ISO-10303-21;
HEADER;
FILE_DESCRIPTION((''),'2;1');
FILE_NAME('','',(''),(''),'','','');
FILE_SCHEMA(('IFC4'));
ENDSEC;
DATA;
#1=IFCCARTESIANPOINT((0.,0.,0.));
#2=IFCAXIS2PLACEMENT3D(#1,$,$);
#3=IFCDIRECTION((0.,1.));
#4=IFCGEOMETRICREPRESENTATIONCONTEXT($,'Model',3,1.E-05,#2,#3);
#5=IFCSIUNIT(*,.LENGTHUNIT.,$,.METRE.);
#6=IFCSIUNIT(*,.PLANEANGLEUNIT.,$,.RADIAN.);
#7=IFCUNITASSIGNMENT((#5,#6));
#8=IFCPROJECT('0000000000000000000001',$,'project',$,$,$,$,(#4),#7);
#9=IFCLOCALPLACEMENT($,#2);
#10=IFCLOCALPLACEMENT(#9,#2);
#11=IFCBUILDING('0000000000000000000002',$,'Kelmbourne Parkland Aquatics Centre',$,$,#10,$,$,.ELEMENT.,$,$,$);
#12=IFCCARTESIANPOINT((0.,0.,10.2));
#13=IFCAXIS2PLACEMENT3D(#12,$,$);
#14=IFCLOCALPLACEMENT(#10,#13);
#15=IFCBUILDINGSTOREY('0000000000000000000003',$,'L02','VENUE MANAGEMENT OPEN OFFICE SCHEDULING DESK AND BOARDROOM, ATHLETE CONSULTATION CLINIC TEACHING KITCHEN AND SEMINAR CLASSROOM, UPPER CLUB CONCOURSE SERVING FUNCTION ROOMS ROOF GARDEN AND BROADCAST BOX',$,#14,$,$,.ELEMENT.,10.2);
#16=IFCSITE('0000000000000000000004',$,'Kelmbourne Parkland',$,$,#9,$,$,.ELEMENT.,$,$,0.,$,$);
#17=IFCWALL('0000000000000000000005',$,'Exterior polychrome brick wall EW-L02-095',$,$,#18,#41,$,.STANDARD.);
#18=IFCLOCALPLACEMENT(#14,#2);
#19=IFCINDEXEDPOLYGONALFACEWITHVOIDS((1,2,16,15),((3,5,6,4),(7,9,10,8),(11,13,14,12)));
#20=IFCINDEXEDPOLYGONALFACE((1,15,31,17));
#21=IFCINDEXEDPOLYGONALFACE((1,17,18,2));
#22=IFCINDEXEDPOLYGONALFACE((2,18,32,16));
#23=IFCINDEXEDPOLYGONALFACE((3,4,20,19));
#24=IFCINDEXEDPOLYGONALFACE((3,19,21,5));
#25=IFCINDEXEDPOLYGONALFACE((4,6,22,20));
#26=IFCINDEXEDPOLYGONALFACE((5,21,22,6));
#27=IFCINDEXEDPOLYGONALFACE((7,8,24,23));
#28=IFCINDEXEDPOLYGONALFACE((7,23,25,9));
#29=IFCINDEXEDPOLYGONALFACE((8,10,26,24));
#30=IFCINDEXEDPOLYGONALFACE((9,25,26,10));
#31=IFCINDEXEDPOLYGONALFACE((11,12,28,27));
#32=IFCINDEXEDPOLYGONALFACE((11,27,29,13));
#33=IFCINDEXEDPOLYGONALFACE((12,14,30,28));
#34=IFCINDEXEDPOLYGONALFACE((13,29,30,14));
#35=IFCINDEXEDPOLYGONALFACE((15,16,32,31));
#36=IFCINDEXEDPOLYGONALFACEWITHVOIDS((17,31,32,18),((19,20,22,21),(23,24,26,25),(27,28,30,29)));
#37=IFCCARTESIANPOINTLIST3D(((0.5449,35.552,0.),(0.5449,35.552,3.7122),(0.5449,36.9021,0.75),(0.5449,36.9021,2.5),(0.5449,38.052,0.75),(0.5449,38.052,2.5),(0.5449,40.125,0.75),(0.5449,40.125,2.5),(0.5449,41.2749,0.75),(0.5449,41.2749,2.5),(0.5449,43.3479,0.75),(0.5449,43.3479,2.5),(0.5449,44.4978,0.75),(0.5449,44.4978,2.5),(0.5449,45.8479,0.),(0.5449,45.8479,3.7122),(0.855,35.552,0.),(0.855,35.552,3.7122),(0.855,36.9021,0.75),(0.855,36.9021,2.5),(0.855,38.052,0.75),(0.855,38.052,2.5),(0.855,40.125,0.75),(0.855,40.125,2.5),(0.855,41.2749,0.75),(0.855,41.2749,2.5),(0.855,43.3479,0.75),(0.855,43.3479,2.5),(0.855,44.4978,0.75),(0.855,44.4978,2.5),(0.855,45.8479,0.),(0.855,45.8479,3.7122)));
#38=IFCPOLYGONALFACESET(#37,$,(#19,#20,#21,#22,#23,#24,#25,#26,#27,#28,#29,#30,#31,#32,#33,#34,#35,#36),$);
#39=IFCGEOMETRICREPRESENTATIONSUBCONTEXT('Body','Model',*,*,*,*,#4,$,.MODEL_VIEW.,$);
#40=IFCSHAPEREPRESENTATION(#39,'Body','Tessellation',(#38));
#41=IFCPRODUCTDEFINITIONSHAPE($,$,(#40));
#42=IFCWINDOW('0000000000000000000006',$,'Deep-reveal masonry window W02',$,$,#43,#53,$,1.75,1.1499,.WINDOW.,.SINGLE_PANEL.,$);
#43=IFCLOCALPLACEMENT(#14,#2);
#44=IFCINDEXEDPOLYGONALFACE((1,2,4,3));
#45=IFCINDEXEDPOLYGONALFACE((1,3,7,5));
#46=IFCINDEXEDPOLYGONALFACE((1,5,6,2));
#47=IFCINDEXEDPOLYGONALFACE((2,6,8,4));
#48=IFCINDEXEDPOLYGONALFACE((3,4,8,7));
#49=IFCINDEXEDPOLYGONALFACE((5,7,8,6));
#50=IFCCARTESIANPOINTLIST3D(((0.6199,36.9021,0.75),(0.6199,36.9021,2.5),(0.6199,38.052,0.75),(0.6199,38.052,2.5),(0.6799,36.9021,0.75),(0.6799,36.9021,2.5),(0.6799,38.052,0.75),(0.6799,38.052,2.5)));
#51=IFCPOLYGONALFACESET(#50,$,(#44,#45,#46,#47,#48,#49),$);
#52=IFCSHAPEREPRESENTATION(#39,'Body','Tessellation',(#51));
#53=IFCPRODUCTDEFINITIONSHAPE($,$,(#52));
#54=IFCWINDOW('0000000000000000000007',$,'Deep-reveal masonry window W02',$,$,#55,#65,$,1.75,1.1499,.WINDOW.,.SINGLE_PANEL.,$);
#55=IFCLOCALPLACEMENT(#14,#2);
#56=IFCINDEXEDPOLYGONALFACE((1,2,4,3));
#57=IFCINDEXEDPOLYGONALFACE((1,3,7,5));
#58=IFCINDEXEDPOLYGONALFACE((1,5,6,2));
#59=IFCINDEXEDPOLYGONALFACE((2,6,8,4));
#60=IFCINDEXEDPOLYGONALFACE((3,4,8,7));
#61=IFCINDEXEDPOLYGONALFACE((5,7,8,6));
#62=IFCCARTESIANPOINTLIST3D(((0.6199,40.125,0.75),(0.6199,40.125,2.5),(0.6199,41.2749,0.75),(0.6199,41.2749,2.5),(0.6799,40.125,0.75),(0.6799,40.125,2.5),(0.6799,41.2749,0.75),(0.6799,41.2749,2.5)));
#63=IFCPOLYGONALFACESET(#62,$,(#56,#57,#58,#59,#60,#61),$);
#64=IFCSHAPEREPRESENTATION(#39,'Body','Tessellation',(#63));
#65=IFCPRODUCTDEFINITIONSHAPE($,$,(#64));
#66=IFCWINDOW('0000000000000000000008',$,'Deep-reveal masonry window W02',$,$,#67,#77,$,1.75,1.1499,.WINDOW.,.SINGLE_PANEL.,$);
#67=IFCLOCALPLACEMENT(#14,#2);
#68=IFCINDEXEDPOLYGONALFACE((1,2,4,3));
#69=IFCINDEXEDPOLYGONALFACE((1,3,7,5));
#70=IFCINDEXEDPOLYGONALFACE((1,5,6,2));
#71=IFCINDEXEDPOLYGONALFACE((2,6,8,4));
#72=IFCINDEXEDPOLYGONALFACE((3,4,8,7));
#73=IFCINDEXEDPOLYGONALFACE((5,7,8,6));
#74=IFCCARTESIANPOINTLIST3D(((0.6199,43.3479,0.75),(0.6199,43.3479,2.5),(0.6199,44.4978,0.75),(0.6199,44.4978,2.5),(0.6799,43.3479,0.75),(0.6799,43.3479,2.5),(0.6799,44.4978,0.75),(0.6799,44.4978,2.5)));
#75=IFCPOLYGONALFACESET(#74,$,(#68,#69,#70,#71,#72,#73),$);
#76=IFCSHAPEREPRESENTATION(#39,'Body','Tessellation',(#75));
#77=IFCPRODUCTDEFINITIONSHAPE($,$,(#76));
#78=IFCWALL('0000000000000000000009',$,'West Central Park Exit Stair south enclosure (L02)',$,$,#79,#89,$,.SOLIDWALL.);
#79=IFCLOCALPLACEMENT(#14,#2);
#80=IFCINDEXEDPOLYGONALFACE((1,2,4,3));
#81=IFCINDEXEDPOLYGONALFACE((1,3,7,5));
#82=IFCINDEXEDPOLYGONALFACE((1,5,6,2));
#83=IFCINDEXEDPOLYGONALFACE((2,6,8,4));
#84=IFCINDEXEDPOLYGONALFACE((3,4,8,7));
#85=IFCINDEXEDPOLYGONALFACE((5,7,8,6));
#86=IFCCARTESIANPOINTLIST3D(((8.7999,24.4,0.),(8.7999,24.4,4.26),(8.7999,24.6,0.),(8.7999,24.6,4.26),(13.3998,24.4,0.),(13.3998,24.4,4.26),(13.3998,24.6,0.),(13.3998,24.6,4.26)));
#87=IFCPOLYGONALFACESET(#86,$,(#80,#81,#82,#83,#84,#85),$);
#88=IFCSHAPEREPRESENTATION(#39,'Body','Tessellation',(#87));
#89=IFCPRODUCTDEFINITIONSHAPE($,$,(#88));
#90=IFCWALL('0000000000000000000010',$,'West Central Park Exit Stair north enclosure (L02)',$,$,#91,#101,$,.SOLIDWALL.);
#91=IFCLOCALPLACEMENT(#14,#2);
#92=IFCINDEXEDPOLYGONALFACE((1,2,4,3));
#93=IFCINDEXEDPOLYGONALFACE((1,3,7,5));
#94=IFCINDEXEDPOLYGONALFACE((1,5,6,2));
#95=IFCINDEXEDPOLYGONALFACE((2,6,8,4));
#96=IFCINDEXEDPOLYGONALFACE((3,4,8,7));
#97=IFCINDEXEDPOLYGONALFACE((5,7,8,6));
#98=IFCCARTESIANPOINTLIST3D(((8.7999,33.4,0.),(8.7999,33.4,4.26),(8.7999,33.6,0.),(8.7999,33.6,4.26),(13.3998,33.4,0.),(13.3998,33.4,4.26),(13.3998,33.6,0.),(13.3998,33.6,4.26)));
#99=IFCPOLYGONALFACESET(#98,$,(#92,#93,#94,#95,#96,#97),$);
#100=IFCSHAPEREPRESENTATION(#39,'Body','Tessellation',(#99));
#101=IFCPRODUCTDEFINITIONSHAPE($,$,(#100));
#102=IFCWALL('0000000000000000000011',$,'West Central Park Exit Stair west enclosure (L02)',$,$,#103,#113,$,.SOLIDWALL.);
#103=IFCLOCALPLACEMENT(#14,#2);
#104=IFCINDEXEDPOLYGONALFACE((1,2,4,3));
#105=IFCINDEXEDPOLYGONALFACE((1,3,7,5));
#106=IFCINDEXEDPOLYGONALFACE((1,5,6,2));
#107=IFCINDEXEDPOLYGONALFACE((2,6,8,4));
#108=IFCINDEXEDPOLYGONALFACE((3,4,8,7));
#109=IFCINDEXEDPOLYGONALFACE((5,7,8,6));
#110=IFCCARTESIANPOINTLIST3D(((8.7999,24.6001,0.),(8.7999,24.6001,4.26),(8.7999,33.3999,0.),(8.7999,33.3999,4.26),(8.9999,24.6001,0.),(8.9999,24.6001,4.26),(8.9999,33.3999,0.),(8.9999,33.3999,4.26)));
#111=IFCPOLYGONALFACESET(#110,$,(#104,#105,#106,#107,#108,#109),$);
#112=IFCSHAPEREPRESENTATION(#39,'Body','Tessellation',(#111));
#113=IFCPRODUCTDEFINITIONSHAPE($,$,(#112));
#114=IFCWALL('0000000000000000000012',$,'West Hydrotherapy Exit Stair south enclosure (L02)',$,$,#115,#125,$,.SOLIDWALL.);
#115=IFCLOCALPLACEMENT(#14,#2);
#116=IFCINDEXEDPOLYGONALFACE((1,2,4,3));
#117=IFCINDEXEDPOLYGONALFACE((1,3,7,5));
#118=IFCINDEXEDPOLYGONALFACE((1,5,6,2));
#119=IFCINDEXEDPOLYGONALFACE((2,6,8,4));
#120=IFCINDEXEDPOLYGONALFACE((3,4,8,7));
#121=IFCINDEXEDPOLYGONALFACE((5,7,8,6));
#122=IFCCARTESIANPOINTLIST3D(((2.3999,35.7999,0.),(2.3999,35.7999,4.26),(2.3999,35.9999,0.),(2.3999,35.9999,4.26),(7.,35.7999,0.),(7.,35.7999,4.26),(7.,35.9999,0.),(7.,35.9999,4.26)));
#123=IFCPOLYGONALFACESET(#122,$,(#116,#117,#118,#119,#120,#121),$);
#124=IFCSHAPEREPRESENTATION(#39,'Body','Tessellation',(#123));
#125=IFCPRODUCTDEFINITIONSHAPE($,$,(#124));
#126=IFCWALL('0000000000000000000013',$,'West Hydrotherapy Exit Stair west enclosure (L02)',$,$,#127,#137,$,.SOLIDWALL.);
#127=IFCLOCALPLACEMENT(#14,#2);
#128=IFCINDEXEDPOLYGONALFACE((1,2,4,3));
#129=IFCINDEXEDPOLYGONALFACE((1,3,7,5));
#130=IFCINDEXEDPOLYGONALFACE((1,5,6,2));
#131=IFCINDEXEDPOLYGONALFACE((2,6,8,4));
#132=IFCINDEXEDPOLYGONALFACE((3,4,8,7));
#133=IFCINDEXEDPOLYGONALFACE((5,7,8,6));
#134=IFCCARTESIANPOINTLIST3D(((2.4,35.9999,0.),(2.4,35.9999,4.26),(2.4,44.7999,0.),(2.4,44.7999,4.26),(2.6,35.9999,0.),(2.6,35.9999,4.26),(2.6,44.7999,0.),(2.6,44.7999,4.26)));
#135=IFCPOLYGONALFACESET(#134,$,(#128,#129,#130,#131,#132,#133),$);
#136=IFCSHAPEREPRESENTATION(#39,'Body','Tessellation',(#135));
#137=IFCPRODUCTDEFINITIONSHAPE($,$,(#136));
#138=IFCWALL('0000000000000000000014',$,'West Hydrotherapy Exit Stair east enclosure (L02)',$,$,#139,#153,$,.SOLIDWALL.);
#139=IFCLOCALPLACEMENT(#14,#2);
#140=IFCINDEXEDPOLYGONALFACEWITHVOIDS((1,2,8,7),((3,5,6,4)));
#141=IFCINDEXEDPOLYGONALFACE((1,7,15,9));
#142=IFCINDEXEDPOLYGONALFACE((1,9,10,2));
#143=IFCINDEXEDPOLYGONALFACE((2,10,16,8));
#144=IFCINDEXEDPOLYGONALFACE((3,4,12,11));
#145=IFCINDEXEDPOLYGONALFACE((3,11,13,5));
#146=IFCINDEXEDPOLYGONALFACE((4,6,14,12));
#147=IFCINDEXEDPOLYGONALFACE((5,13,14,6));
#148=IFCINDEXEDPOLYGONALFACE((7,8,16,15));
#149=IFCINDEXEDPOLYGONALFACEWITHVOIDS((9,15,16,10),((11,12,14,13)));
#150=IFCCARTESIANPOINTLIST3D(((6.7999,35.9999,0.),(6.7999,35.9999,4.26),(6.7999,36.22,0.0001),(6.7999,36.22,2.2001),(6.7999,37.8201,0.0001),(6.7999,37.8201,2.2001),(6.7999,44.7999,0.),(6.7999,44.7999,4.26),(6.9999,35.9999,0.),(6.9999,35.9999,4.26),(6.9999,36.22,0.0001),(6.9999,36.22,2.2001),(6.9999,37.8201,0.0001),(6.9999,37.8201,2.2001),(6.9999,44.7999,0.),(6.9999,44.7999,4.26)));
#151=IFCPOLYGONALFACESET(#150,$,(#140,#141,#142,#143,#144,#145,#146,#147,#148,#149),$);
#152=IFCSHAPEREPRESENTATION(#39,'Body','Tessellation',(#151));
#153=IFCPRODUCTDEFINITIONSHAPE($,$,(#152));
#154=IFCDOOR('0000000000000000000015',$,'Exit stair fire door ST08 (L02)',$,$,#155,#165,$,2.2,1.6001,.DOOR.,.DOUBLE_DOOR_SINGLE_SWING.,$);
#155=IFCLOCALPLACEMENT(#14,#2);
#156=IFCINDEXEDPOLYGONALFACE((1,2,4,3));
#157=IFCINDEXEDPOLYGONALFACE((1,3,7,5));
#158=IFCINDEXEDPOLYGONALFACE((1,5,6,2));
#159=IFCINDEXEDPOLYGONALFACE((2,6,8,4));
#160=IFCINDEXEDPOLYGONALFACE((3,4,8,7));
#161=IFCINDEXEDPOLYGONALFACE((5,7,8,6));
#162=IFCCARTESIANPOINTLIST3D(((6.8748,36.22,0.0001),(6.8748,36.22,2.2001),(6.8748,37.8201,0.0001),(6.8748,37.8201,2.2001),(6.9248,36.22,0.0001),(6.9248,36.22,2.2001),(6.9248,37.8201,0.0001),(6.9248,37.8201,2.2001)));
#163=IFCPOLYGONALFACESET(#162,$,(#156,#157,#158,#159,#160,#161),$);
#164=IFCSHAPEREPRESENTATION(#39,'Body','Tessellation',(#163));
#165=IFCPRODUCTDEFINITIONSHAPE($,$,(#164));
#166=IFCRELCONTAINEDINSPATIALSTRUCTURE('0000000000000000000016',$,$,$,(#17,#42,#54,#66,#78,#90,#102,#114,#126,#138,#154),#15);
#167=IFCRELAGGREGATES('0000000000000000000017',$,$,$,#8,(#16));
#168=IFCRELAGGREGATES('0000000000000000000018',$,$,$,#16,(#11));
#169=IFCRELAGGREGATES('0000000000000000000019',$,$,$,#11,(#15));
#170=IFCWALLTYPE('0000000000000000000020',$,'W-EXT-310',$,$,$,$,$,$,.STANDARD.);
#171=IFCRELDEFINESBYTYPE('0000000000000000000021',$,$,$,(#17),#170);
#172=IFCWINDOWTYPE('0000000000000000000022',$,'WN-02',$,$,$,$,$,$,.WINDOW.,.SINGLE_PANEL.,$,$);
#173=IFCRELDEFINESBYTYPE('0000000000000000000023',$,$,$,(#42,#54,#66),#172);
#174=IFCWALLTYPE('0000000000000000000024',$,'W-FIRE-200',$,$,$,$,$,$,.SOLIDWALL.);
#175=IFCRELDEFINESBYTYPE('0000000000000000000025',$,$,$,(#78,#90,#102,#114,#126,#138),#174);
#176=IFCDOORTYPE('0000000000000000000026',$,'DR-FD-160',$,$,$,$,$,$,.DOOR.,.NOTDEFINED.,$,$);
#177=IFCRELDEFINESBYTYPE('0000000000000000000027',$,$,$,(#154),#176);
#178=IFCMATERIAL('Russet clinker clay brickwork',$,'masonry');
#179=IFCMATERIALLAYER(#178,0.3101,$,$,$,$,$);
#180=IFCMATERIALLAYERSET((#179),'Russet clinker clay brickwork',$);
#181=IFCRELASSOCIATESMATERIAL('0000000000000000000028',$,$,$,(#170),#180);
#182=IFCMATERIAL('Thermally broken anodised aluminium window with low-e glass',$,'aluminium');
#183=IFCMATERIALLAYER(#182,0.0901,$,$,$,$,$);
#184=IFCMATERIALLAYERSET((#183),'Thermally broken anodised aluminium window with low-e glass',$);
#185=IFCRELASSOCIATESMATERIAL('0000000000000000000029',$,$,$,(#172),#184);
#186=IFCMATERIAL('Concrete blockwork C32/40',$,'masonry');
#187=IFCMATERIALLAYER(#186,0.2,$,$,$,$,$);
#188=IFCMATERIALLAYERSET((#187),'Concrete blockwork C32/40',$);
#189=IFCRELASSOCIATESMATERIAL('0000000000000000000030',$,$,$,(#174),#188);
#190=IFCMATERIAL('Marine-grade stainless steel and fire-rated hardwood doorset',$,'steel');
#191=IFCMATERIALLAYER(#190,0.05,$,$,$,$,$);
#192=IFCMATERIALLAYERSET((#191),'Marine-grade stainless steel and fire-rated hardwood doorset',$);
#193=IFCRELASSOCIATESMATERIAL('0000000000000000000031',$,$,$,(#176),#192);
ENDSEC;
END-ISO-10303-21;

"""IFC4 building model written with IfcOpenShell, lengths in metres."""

from ifc_helpers import new_model, si_unit, direction, frame, frame_2d, origin, place, context, subcontext, project, spatial, rectangle, extrude, material, layer, layer_set, type_object, element, fill, save


model = new_model("IFC4")

# Units and contexts
model_context = context("Model", 3, precision=1e-05, world=origin(), true_north=direction((0.0, 1.0)))
body_context = subcontext(model_context, "Body", "Model", "MODEL_VIEW")
ifc_project = project(units=[si_unit("LENGTHUNIT", "METRE"), si_unit("PLANEANGLEUNIT", "RADIAN")], contexts=[model_context])

# Site, building, storey
site_placement = place(None, origin())
site = spatial("IfcSite", under=ifc_project, at=site_placement, Name="Kelmbourne Parkland", CompositionType="ELEMENT", RefElevation=0.0)
building_placement = place(site_placement, origin())
building = spatial("IfcBuilding", under=site, at=building_placement, Name="Kelmbourne Parkland Aquatics Centre", CompositionType="ELEMENT")
storey_placement = place(building_placement, frame((0.0, 0.0, 10.2)))
storey = spatial("IfcBuildingStorey", under=building, at=storey_placement, Name="L02", Description="VENUE MANAGEMENT OPEN OFFICE SCHEDULING DESK AND BOARDROOM, ATHLETE CONSULTATION CLINIC TEACHING KITCHEN AND SEMINAR CLASSROOM, UPPER CLUB CONCOURSE SERVING FUNCTION ROOMS ROOF GARDEN AND BROADCAST BOX", CompositionType="ELEMENT", Elevation=10.2)

# Wall, openings, windows
ifc_material_1 = material(Name="Russet clinker clay brickwork", Category="masonry")
ifc_layer_1 = layer(ifc_material_1, 0.3101)
ifc_layer_set_1 = layer_set([ifc_layer_1], Name="Russet clinker clay brickwork")
wall_type_1 = type_object("IfcWallType", Name="W-EXT-310", PredefinedType="STANDARD", material=ifc_layer_set_1)
wall_1_placement = place(storey_placement, frame((0.7, 35.552, 0.0), z_axis=(0.0, 0.0, 1.0), x_axis=(0.0, 1.0, 0.0)))
wall_1 = element("IfcWall", 1, at=wall_1_placement, inside=storey, type_object=wall_type_1, Name="Exterior polychrome brick wall EW-L02-095", PredefinedType="STANDARD", context=body_context, shape_type="SweptSolid", body=[
    extrude(rectangle(XDim=10.2959, YDim=0.3101, at=frame_2d((5.1479, 0.0))), origin(), (0.0, 0.0, 1.0), 3.7122),
])
opening_1_placement = place(wall_1_placement, frame((1.3501, 0.0, 0.75)))
opening_1 = element("IfcOpeningElement", 2, at=opening_1_placement, cuts=wall_1, PredefinedType="OPENING", context=body_context, shape_type="SweptSolid", body=[
    extrude(rectangle(XDim=1.1499, YDim=1.75, at=frame_2d((0.575, 0.875))), frame((0.0, 0.167, 0.0), z_axis=(0.0, -1.0, 0.0), x_axis=(1.0, 0.0, 0.0)), (0.0, 0.0, 1.0), 0.334),
])
opening_2_placement = place(wall_1_placement, frame((4.573, 0.0, 0.75)))
opening_2 = element("IfcOpeningElement", 3, at=opening_2_placement, cuts=wall_1, PredefinedType="OPENING", context=body_context, shape_type="SweptSolid", body=[
    extrude(rectangle(XDim=1.1499, YDim=1.75, at=frame_2d((0.575, 0.875))), frame((0.0, 0.167, 0.0), z_axis=(0.0, -1.0, 0.0), x_axis=(1.0, 0.0, 0.0)), (0.0, 0.0, 1.0), 0.334),
])
opening_3_placement = place(wall_1_placement, frame((7.7959, 0.0, 0.75)))
opening_3 = element("IfcOpeningElement", 4, at=opening_3_placement, cuts=wall_1, PredefinedType="OPENING", context=body_context, shape_type="SweptSolid", body=[
    extrude(rectangle(XDim=1.1499, YDim=1.75, at=frame_2d((0.575, 0.875))), frame((0.0, 0.167, 0.0), z_axis=(0.0, -1.0, 0.0), x_axis=(1.0, 0.0, 0.0)), (0.0, 0.0, 1.0), 0.334),
])
ifc_material_2 = material(Name="Thermally broken anodised aluminium window with low-e glass", Category="aluminium")
ifc_layer_2 = layer(ifc_material_2, 0.0901)
ifc_layer_set_2 = layer_set([ifc_layer_2], Name="Thermally broken anodised aluminium window with low-e glass")
window_type = type_object("IfcWindowType", Name="WN-02", PartitioningType="SINGLE_PANEL", PredefinedType="WINDOW", material=ifc_layer_set_2)
window_1_placement = place(opening_1_placement, origin())
window_1 = element("IfcWindow", 5, at=window_1_placement, inside=storey, type_object=window_type, Name="Deep-reveal masonry window W02", OverallHeight=1.75, OverallWidth=1.1499, PartitioningType="SINGLE_PANEL", PredefinedType="WINDOW", context=body_context, shape_type="SweptSolid", body=[
    extrude(rectangle(XDim=1.1499, YDim=1.75, at=frame_2d((0.575, 0.875))), frame((0.0, 0.0801, 0.0), z_axis=(0.0, -1.0, 0.0), x_axis=(1.0, 0.0, 0.0)), (0.0, 0.0, 1.0), 0.0601),
])
fill(opening_1, window_1)
window_2_placement = place(opening_2_placement, origin())
window_2 = element("IfcWindow", 6, at=window_2_placement, inside=storey, type_object=window_type, Name="Deep-reveal masonry window W02", OverallHeight=1.75, OverallWidth=1.1499, PartitioningType="SINGLE_PANEL", PredefinedType="WINDOW", context=body_context, shape_type="SweptSolid", body=[
    extrude(rectangle(XDim=1.1499, YDim=1.75, at=frame_2d((0.575, 0.875))), frame((0.0, 0.0801, 0.0), z_axis=(0.0, -1.0, 0.0), x_axis=(1.0, 0.0, 0.0)), (0.0, 0.0, 1.0), 0.0601),
])
fill(opening_2, window_2)
window_3_placement = place(opening_3_placement, origin())
window_3 = element("IfcWindow", 7, at=window_3_placement, inside=storey, type_object=window_type, Name="Deep-reveal masonry window W02", OverallHeight=1.75, OverallWidth=1.1499, PartitioningType="SINGLE_PANEL", PredefinedType="WINDOW", context=body_context, shape_type="SweptSolid", body=[
    extrude(rectangle(XDim=1.1499, YDim=1.75, at=frame_2d((0.575, 0.875))), frame((0.0, 0.0801, 0.0), z_axis=(0.0, -1.0, 0.0), x_axis=(1.0, 0.0, 0.0)), (0.0, 0.0, 1.0), 0.0601),
])
fill(opening_3, window_3)

# Walls
ifc_material_3 = material(Name="Concrete blockwork C32/40", Category="masonry")
ifc_layer_3 = layer(ifc_material_3, 0.2)
ifc_layer_set_3 = layer_set([ifc_layer_3], Name="Concrete blockwork C32/40")
wall_type_2 = type_object("IfcWallType", Name="W-FIRE-200", PredefinedType="SOLIDWALL", material=ifc_layer_set_3)
for number, where, z_axis, x_axis, name in (
    (8, (8.8, 24.5, 0.0), (0.0, 0.0, 1.0), (1.0, 0.0, 0.0), "West Central Park Exit Stair south enclosure (L02)"),
    (9, (8.8, 33.5, 0.0), (0.0, 0.0, 1.0), (1.0, 0.0, 0.0), "West Central Park Exit Stair north enclosure (L02)"),
):
    element("IfcWall", number, at=place(storey_placement, frame(where, z_axis=z_axis, x_axis=x_axis)), inside=storey, type_object=wall_type_2, Name=name, PredefinedType="SOLIDWALL", context=body_context, shape_type="SweptSolid", body=[
        extrude(rectangle(XDim=4.5999, YDim=0.2, at=frame_2d((2.2998, 0.0))), origin(), (0.0, 0.0, 1.0), 4.26),
    ])
wall_2_placement = place(storey_placement, frame((8.8999, 24.6001, 0.0), z_axis=(0.0, 0.0, 1.0), x_axis=(0.0, 1.0, 0.0)))
element("IfcWall", 10, at=wall_2_placement, inside=storey, type_object=wall_type_2, Name="West Central Park Exit Stair west enclosure (L02)", PredefinedType="SOLIDWALL", context=body_context, shape_type="SweptSolid", body=[
    extrude(rectangle(XDim=8.7998, YDim=0.2, at=frame_2d((4.3999, 0.0))), origin(), (0.0, 0.0, 1.0), 4.26),
])
wall_3_placement = place(storey_placement, frame((2.3999, 35.8999, 0.0), z_axis=(0.0, 0.0, 1.0), x_axis=(1.0, 0.0, 0.0)))
element("IfcWall", 11, at=wall_3_placement, inside=storey, type_object=wall_type_2, Name="West Hydrotherapy Exit Stair south enclosure (L02)", PredefinedType="SOLIDWALL", context=body_context, shape_type="SweptSolid", body=[
    extrude(rectangle(XDim=4.6001, YDim=0.2, at=frame_2d((2.3, 0.0))), origin(), (0.0, 0.0, 1.0), 4.26),
])
wall_4_placement = place(storey_placement, frame((2.5, 36.0, 0.0), z_axis=(0.0, 0.0, 1.0), x_axis=(0.0, 1.0, 0.0)))
element("IfcWall", 12, at=wall_4_placement, inside=storey, type_object=wall_type_2, Name="West Hydrotherapy Exit Stair west enclosure (L02)", PredefinedType="SOLIDWALL", context=body_context, shape_type="SweptSolid", body=[
    extrude(rectangle(XDim=8.8, YDim=0.2, at=frame_2d((4.3999, 0.0))), origin(), (0.0, 0.0, 1.0), 4.26),
])

# Wall, opening, door
wall_5_placement = place(storey_placement, frame((6.8999, 36.0, 0.0), z_axis=(0.0, 0.0, 1.0), x_axis=(0.0, 1.0, 0.0)))
wall_5 = element("IfcWall", 13, at=wall_5_placement, inside=storey, type_object=wall_type_2, Name="West Hydrotherapy Exit Stair east enclosure (L02)", PredefinedType="SOLIDWALL", context=body_context, shape_type="SweptSolid", body=[
    extrude(rectangle(XDim=8.8, YDim=0.2, at=frame_2d((4.3999, 0.0))), origin(), (0.0, 0.0, 1.0), 4.26),
])
opening_4_placement = place(wall_5_placement, frame((0.22, 0.0, 0.0)))
opening_4 = element("IfcOpeningElement", 14, at=opening_4_placement, cuts=wall_5, PredefinedType="OPENING", context=body_context, shape_type="SweptSolid", body=[
    extrude(rectangle(XDim=1.6001, YDim=2.2, at=frame_2d((0.8, 1.1001))), frame((0.0, 0.1118, 0.0), z_axis=(0.0, -1.0, 0.0), x_axis=(1.0, 0.0, 0.0)), (0.0, 0.0, 1.0), 0.2239),
])
ifc_material_4 = material(Name="Marine-grade stainless steel and fire-rated hardwood doorset", Category="steel")
ifc_layer_4 = layer(ifc_material_4, 0.05)
ifc_layer_set_4 = layer_set([ifc_layer_4], Name="Marine-grade stainless steel and fire-rated hardwood doorset")
door_type = type_object("IfcDoorType", Name="DR-FD-160", OperationType="NOTDEFINED", PredefinedType="DOOR", material=ifc_layer_set_4)
door_placement = place(opening_4_placement, frame((1.6001, 0.0, 0.0), z_axis=(0.0, 0.0, 1.0), x_axis=(-1.0, 0.0, 0.0)))
door = element("IfcDoor", 15, at=door_placement, inside=storey, type_object=door_type, Name="Exit stair fire door ST08 (L02)", OperationType="DOUBLE_DOOR_SINGLE_SWING", OverallHeight=2.2, OverallWidth=1.6001, PredefinedType="DOOR", context=body_context, shape_type="SweptSolid", body=[
    extrude(rectangle(XDim=1.6001, YDim=2.2, at=frame_2d((0.8, 1.1001))), frame((0.0, 0.0249, 0.0), z_axis=(0.0, -1.0, 0.0), x_axis=(1.0, 0.0, 0.0)), (0.0, 0.0, 1.0), 0.05),
])
fill(opening_4, door)

save(model, "model.ifc")
